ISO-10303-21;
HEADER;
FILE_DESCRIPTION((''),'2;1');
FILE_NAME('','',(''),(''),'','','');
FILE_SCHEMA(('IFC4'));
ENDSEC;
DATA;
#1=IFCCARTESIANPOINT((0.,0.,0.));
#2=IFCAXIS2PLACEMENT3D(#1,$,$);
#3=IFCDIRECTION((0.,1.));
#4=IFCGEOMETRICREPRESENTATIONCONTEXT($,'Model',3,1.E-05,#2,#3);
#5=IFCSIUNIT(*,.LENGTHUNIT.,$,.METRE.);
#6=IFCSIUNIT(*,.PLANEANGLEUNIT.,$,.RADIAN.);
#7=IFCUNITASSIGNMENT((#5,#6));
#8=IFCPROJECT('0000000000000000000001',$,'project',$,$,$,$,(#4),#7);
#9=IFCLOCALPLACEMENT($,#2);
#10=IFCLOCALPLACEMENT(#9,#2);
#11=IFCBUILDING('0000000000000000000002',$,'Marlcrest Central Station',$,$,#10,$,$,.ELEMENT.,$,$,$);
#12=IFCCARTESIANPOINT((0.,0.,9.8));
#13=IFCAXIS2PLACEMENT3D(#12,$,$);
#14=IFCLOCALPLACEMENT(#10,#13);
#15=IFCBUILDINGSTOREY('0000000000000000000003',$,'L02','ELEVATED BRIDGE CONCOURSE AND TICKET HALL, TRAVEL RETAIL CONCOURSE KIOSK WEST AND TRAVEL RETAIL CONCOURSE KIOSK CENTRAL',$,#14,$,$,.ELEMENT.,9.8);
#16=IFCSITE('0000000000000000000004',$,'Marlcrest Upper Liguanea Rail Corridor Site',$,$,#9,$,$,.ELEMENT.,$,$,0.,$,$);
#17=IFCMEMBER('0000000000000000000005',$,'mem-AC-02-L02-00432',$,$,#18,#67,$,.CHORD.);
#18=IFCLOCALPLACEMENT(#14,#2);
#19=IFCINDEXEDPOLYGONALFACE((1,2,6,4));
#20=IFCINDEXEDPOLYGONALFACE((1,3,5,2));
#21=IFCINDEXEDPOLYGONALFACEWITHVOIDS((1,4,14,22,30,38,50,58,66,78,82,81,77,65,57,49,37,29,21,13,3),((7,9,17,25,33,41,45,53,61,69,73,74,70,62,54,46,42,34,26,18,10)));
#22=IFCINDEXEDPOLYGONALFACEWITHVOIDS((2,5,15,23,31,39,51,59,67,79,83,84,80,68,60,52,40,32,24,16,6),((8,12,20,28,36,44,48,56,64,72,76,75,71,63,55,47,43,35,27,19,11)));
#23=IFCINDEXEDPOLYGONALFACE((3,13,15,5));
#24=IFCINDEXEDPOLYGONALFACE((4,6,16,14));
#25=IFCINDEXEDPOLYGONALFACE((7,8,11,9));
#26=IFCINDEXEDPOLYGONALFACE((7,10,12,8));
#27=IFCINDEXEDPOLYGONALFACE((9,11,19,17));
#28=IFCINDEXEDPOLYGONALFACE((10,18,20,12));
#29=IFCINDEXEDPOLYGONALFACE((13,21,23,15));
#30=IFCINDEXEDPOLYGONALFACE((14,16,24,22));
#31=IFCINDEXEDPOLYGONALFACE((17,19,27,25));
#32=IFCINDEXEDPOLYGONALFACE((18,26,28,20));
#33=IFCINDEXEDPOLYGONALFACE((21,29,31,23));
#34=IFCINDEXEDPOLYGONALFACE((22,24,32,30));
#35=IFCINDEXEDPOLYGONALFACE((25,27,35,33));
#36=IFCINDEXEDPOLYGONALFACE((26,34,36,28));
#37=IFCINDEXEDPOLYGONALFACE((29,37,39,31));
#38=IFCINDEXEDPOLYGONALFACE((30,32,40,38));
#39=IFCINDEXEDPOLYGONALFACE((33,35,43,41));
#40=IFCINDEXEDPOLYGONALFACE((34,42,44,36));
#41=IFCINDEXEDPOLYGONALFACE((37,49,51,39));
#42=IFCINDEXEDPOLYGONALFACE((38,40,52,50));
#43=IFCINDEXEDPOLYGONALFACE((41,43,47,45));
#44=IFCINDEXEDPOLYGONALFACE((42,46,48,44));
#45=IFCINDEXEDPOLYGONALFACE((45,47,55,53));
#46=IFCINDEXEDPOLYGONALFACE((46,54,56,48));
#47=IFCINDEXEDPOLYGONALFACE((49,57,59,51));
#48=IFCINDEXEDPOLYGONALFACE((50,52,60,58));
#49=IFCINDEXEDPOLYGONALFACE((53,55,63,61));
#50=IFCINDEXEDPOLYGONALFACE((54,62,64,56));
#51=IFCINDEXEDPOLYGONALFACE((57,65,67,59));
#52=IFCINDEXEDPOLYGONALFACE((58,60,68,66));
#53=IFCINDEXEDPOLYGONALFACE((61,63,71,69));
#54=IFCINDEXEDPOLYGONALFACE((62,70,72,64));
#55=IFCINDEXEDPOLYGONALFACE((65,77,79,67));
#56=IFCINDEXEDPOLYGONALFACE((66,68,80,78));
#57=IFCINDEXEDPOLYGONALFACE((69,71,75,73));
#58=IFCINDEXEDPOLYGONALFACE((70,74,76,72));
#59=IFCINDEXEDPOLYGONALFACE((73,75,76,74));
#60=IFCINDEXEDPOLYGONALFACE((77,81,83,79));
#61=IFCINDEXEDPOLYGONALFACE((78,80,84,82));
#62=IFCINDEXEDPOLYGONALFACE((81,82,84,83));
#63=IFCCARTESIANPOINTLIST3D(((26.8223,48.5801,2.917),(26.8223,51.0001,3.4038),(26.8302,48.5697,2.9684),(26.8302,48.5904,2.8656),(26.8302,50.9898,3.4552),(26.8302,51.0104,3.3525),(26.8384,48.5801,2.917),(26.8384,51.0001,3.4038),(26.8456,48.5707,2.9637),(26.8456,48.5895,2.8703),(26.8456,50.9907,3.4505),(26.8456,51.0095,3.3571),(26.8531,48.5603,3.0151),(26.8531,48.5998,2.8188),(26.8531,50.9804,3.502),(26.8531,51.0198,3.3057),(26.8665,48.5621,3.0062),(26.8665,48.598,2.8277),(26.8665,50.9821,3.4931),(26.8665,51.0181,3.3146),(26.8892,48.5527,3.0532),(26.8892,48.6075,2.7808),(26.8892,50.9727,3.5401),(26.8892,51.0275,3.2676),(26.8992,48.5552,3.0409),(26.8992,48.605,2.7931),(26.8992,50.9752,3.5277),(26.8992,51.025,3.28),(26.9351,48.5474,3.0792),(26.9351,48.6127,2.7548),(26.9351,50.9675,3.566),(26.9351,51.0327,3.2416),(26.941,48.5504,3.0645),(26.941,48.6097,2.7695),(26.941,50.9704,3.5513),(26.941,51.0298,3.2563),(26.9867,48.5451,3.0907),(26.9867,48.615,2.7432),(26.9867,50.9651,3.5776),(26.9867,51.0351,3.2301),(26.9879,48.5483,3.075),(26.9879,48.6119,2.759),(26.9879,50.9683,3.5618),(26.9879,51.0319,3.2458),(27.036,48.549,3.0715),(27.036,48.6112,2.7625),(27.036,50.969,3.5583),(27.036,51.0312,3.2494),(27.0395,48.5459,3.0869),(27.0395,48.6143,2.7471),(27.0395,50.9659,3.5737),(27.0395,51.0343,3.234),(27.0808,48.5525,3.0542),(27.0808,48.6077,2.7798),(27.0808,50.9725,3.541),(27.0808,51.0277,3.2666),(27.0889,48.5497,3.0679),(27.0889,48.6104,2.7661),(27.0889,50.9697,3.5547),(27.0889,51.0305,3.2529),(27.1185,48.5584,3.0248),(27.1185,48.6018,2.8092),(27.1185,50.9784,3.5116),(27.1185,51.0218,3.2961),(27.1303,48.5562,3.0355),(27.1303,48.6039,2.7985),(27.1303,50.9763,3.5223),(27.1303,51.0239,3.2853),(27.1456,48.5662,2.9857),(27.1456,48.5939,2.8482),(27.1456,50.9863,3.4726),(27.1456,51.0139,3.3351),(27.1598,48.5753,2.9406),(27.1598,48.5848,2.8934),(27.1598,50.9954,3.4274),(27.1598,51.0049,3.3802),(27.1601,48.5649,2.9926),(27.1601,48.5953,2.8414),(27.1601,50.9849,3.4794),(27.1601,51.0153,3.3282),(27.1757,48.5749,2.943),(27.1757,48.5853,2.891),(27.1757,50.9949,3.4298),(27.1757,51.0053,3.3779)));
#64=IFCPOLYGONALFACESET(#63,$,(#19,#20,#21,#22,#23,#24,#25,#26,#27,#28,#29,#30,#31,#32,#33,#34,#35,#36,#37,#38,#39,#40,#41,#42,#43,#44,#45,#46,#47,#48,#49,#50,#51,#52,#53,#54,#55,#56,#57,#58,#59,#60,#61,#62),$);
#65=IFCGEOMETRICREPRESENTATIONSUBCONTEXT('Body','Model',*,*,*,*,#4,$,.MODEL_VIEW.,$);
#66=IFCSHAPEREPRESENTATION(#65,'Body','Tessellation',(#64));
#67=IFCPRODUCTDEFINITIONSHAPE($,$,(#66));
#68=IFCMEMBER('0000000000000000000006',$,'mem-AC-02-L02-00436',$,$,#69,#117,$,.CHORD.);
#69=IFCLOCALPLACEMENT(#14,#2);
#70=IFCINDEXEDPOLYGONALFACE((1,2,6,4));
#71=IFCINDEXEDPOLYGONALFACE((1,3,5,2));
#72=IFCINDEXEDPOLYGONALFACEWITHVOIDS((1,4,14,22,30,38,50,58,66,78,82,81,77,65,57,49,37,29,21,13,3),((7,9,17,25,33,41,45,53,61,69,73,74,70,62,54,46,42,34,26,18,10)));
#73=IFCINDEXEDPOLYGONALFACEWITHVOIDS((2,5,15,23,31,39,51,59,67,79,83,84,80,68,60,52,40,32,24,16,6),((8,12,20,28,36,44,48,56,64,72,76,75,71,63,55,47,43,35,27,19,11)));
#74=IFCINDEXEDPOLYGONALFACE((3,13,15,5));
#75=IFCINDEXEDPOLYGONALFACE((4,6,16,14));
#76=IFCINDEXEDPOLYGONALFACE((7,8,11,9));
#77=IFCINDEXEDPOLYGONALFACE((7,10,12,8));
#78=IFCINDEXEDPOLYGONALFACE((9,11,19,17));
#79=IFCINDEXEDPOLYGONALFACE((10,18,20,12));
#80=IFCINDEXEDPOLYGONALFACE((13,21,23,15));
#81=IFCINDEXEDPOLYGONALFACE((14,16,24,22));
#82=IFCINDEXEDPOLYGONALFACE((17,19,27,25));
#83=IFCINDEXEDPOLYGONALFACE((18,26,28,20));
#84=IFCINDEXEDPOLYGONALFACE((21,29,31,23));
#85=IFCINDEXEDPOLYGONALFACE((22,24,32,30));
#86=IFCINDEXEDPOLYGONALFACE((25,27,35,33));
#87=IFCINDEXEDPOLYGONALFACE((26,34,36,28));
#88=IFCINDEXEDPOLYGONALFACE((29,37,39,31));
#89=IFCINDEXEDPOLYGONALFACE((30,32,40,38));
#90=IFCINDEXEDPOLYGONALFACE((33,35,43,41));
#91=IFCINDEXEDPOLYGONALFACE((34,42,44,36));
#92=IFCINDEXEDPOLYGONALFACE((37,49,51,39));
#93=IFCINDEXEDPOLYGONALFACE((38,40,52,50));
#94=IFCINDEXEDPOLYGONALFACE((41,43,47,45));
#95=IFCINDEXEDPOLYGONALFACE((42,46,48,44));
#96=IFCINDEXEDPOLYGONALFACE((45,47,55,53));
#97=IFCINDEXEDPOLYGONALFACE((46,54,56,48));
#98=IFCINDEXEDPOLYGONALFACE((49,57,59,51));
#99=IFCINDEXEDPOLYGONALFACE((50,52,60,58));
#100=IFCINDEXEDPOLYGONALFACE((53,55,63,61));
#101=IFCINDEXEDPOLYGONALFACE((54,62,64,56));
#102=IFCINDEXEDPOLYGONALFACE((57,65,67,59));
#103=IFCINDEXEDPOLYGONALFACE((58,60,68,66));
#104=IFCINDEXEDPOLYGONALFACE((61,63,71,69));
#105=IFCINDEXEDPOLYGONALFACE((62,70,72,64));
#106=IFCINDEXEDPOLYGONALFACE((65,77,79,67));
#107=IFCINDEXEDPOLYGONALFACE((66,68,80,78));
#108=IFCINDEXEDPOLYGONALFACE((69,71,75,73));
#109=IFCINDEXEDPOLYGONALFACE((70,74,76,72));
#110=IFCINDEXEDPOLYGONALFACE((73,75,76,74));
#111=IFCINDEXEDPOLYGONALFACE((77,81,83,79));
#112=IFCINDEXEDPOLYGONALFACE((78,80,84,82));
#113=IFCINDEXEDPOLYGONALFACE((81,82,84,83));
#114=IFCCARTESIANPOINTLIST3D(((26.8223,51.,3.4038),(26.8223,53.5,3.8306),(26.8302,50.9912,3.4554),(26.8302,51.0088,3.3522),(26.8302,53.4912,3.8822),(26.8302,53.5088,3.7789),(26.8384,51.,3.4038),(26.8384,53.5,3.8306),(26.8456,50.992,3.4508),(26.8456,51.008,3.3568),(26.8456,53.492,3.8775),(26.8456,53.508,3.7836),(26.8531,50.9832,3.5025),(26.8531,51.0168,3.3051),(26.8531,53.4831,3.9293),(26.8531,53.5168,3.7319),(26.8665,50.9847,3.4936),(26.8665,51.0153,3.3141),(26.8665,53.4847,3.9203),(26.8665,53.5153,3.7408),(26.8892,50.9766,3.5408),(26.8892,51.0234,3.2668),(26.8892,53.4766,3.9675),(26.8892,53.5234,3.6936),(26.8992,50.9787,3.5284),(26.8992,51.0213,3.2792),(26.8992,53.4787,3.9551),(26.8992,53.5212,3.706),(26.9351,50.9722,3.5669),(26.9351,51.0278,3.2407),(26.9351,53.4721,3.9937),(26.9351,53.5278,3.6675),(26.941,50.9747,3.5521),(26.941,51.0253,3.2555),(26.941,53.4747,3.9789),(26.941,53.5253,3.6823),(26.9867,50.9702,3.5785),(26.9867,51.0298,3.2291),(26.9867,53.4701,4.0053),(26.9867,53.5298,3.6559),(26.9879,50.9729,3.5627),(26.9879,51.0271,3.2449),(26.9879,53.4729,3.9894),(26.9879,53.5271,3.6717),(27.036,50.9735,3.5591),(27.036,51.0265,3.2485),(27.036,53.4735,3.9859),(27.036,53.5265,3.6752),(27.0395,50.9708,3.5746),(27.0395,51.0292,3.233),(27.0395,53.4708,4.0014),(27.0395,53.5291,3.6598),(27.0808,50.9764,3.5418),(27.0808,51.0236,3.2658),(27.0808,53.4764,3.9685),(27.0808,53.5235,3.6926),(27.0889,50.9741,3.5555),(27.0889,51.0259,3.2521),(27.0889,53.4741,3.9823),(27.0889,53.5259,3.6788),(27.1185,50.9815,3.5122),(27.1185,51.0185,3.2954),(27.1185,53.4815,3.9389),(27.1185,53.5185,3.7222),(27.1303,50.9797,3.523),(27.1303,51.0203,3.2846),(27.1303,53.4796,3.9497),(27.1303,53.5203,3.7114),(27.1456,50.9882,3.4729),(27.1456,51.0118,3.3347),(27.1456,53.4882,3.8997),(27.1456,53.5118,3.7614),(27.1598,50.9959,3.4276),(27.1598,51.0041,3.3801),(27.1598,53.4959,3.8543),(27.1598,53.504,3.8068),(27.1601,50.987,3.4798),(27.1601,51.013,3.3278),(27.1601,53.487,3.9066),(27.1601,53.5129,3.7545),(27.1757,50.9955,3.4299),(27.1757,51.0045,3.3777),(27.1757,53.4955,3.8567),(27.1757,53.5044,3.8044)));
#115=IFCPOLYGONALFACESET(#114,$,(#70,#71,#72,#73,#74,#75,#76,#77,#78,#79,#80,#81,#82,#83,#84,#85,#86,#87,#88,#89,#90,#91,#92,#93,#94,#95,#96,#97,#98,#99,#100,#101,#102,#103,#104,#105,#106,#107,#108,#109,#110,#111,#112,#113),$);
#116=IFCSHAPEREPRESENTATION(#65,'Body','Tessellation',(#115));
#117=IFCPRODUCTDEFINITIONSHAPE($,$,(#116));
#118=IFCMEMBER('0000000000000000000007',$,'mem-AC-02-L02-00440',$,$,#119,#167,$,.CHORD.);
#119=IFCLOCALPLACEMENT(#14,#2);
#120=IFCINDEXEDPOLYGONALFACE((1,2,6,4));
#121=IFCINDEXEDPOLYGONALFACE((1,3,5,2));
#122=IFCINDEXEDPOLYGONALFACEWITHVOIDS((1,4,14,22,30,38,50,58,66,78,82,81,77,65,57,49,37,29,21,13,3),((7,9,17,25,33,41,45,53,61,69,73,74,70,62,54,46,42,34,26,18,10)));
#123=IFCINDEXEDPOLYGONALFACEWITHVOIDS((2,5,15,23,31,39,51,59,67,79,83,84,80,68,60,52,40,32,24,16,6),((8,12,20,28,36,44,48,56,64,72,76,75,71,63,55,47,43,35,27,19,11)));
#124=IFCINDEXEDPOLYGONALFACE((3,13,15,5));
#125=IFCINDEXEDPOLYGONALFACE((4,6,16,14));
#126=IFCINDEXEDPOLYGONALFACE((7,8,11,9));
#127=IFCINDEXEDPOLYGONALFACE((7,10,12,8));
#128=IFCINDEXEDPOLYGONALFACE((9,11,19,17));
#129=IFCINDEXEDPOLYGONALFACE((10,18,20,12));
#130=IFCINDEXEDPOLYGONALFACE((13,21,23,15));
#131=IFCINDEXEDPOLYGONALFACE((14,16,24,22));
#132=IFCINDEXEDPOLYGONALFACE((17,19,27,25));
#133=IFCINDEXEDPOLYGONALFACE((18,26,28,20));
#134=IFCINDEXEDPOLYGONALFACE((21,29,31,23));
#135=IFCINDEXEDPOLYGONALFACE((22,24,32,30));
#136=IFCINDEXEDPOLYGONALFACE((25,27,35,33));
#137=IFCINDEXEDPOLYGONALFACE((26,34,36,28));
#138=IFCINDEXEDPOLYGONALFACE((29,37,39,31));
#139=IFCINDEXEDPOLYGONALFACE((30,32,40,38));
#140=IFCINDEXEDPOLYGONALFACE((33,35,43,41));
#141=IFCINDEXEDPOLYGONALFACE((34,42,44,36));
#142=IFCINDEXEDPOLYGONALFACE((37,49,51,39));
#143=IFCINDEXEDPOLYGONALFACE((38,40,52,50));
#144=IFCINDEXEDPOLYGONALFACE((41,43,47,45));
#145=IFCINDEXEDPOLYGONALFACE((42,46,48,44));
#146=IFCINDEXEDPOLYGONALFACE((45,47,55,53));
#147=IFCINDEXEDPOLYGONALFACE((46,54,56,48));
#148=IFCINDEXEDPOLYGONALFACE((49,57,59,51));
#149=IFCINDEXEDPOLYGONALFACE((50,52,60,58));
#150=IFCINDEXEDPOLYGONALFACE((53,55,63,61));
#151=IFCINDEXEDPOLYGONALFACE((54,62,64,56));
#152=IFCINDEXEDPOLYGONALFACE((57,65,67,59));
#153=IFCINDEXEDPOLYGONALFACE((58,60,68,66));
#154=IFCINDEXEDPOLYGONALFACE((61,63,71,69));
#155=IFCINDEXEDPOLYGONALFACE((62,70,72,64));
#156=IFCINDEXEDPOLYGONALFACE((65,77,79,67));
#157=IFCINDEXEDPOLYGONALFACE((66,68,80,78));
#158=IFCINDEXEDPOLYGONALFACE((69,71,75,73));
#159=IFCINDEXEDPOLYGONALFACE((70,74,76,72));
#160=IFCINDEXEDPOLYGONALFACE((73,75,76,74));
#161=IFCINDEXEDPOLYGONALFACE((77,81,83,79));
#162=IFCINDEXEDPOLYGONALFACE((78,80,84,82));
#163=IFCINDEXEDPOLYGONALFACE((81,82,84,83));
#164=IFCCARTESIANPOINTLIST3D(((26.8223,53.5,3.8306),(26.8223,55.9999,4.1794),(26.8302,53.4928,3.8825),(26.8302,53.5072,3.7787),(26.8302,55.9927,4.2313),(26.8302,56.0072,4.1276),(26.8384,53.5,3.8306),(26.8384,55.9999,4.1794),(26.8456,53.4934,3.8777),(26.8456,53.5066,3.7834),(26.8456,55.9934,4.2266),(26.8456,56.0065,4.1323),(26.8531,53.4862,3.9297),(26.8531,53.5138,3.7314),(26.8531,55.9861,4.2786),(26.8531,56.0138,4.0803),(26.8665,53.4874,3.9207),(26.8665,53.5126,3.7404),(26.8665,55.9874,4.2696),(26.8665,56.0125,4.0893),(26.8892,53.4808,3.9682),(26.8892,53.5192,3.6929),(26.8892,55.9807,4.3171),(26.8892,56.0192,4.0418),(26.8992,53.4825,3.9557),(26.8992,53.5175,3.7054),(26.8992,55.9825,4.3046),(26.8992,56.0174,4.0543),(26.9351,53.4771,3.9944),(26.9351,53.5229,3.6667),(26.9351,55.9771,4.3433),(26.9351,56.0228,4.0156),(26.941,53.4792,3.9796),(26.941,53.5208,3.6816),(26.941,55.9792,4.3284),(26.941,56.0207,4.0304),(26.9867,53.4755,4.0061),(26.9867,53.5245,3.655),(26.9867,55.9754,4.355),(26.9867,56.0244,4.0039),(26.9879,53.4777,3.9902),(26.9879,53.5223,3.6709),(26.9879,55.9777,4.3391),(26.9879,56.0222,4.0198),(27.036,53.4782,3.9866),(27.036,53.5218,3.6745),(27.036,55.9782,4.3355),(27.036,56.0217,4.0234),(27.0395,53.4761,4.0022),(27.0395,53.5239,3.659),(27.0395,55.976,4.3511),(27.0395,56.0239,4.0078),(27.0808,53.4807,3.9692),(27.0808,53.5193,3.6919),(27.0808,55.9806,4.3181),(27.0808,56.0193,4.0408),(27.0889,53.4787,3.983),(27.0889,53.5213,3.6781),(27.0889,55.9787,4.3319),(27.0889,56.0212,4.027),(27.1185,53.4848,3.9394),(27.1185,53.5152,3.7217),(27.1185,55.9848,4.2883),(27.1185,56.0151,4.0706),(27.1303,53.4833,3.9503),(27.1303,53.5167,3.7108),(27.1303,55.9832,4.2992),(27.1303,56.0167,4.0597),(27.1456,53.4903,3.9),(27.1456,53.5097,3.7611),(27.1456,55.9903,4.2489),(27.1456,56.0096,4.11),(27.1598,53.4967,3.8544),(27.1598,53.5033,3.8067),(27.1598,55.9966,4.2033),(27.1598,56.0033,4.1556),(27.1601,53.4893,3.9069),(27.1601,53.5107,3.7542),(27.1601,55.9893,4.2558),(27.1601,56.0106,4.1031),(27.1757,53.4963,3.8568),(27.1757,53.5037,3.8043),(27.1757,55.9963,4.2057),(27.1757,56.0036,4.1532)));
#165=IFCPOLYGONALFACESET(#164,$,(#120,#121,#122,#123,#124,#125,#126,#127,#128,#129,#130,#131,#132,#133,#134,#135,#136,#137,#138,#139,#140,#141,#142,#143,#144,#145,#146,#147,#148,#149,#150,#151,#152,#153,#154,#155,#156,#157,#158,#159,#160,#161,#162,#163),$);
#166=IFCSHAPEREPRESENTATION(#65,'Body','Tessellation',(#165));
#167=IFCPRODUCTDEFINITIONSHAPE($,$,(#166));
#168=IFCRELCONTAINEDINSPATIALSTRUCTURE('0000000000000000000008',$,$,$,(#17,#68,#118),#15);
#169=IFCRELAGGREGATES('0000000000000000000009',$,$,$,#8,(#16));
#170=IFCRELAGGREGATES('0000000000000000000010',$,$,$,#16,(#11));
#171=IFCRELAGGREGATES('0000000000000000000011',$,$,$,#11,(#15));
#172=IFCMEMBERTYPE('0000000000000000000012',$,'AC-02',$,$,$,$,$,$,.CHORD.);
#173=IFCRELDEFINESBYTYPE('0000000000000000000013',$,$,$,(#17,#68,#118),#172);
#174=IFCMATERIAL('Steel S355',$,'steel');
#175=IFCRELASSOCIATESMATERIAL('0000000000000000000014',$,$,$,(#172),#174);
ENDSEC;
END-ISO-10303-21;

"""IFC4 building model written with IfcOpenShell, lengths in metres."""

from ifc_helpers import new_model, si_unit, direction, frame, origin, origin_2d, place, context, subcontext, project, spatial, hollow_circle, extrude, material, material_profile, profile_set, type_object, element, save


model = new_model("IFC4")

# Units and contexts
model_context = context("Model", 3, precision=1e-05, world=origin(), true_north=direction((0.0, 1.0)))
body_context = subcontext(model_context, "Body", "Model", "MODEL_VIEW")
ifc_project = project(units=[si_unit("LENGTHUNIT", "METRE"), si_unit("PLANEANGLEUNIT", "RADIAN")], contexts=[model_context])

# Site, building, storey
site_placement = place(None, origin())
site = spatial("IfcSite", under=ifc_project, at=site_placement, Name="Marlcrest Upper Liguanea Rail Corridor Site", CompositionType="ELEMENT", RefElevation=0.0)
building_placement = place(site_placement, origin())
building = spatial("IfcBuilding", under=site, at=building_placement, Name="Marlcrest Central Station", CompositionType="ELEMENT")
storey_placement = place(building_placement, frame((0.0, 0.0, 9.8)))
storey = spatial("IfcBuildingStorey", under=building, at=storey_placement, Name="L02", Description="ELEVATED BRIDGE CONCOURSE AND TICKET HALL, TRAVEL RETAIL CONCOURSE KIOSK WEST AND TRAVEL RETAIL CONCOURSE KIOSK CENTRAL", CompositionType="ELEMENT", Elevation=9.8)

# Members
ifc_material = material(Name="Steel S355", Category="steel")
ifc_material_profile_1 = material_profile(ifc_material, hollow_circle(Radius=0.1777, WallThickness=0.0161, at=origin_2d()), Name="CHS 355.6x16")
ifc_profile_set_1 = profile_set([ifc_material_profile_1], Name="Steel S355")
member_type_1 = type_object("IfcMemberType", Name="AC-02", PredefinedType="CHORD", material=ifc_profile_set_1)
member_1_placement = place(storey_placement, frame((27.0, 48.5801, 2.917), z_axis=(0.0, 0.980359, 0.197219), x_axis=(-1.0, 0.0, 0.0)))
element("IfcMember", 1, at=member_1_placement, inside=storey, type_object=member_type_1, Name="mem-AC-02-L02-00432", PredefinedType="CHORD", context=body_context, shape_type="SweptSolid", body=[
    extrude(hollow_circle(Radius=0.1777, WallThickness=0.0161, at=origin_2d()), origin(), (0.0, 0.0, 1.0), 2.4685),
])
member_2_placement = place(storey_placement, frame((27.0, 51.0, 3.4038), z_axis=(0.0, 0.985741, 0.168269), x_axis=(-1.0, 0.0, 0.0)))
element("IfcMember", 2, at=member_2_placement, inside=storey, type_object=member_type_1, Name="mem-AC-02-L02-00436", PredefinedType="CHORD", context=body_context, shape_type="SweptSolid", body=[
    extrude(hollow_circle(Radius=0.1777, WallThickness=0.0161, at=origin_2d()), origin(), (0.0, 0.0, 1.0), 2.5361),
])
member_3_placement = place(storey_placement, frame((27.0, 53.5, 3.8306), z_axis=(0.0, 0.990403, 0.138211), x_axis=(-1.0, 0.0, 0.0)))
element("IfcMember", 3, at=member_3_placement, inside=storey, type_object=member_type_1, Name="mem-AC-02-L02-00440", PredefinedType="CHORD", context=body_context, shape_type="SweptSolid", body=[
    extrude(hollow_circle(Radius=0.1777, WallThickness=0.0161, at=origin_2d()), origin(), (0.0, 0.0, 1.0), 2.5242),
])

save(model, "model.ifc")
